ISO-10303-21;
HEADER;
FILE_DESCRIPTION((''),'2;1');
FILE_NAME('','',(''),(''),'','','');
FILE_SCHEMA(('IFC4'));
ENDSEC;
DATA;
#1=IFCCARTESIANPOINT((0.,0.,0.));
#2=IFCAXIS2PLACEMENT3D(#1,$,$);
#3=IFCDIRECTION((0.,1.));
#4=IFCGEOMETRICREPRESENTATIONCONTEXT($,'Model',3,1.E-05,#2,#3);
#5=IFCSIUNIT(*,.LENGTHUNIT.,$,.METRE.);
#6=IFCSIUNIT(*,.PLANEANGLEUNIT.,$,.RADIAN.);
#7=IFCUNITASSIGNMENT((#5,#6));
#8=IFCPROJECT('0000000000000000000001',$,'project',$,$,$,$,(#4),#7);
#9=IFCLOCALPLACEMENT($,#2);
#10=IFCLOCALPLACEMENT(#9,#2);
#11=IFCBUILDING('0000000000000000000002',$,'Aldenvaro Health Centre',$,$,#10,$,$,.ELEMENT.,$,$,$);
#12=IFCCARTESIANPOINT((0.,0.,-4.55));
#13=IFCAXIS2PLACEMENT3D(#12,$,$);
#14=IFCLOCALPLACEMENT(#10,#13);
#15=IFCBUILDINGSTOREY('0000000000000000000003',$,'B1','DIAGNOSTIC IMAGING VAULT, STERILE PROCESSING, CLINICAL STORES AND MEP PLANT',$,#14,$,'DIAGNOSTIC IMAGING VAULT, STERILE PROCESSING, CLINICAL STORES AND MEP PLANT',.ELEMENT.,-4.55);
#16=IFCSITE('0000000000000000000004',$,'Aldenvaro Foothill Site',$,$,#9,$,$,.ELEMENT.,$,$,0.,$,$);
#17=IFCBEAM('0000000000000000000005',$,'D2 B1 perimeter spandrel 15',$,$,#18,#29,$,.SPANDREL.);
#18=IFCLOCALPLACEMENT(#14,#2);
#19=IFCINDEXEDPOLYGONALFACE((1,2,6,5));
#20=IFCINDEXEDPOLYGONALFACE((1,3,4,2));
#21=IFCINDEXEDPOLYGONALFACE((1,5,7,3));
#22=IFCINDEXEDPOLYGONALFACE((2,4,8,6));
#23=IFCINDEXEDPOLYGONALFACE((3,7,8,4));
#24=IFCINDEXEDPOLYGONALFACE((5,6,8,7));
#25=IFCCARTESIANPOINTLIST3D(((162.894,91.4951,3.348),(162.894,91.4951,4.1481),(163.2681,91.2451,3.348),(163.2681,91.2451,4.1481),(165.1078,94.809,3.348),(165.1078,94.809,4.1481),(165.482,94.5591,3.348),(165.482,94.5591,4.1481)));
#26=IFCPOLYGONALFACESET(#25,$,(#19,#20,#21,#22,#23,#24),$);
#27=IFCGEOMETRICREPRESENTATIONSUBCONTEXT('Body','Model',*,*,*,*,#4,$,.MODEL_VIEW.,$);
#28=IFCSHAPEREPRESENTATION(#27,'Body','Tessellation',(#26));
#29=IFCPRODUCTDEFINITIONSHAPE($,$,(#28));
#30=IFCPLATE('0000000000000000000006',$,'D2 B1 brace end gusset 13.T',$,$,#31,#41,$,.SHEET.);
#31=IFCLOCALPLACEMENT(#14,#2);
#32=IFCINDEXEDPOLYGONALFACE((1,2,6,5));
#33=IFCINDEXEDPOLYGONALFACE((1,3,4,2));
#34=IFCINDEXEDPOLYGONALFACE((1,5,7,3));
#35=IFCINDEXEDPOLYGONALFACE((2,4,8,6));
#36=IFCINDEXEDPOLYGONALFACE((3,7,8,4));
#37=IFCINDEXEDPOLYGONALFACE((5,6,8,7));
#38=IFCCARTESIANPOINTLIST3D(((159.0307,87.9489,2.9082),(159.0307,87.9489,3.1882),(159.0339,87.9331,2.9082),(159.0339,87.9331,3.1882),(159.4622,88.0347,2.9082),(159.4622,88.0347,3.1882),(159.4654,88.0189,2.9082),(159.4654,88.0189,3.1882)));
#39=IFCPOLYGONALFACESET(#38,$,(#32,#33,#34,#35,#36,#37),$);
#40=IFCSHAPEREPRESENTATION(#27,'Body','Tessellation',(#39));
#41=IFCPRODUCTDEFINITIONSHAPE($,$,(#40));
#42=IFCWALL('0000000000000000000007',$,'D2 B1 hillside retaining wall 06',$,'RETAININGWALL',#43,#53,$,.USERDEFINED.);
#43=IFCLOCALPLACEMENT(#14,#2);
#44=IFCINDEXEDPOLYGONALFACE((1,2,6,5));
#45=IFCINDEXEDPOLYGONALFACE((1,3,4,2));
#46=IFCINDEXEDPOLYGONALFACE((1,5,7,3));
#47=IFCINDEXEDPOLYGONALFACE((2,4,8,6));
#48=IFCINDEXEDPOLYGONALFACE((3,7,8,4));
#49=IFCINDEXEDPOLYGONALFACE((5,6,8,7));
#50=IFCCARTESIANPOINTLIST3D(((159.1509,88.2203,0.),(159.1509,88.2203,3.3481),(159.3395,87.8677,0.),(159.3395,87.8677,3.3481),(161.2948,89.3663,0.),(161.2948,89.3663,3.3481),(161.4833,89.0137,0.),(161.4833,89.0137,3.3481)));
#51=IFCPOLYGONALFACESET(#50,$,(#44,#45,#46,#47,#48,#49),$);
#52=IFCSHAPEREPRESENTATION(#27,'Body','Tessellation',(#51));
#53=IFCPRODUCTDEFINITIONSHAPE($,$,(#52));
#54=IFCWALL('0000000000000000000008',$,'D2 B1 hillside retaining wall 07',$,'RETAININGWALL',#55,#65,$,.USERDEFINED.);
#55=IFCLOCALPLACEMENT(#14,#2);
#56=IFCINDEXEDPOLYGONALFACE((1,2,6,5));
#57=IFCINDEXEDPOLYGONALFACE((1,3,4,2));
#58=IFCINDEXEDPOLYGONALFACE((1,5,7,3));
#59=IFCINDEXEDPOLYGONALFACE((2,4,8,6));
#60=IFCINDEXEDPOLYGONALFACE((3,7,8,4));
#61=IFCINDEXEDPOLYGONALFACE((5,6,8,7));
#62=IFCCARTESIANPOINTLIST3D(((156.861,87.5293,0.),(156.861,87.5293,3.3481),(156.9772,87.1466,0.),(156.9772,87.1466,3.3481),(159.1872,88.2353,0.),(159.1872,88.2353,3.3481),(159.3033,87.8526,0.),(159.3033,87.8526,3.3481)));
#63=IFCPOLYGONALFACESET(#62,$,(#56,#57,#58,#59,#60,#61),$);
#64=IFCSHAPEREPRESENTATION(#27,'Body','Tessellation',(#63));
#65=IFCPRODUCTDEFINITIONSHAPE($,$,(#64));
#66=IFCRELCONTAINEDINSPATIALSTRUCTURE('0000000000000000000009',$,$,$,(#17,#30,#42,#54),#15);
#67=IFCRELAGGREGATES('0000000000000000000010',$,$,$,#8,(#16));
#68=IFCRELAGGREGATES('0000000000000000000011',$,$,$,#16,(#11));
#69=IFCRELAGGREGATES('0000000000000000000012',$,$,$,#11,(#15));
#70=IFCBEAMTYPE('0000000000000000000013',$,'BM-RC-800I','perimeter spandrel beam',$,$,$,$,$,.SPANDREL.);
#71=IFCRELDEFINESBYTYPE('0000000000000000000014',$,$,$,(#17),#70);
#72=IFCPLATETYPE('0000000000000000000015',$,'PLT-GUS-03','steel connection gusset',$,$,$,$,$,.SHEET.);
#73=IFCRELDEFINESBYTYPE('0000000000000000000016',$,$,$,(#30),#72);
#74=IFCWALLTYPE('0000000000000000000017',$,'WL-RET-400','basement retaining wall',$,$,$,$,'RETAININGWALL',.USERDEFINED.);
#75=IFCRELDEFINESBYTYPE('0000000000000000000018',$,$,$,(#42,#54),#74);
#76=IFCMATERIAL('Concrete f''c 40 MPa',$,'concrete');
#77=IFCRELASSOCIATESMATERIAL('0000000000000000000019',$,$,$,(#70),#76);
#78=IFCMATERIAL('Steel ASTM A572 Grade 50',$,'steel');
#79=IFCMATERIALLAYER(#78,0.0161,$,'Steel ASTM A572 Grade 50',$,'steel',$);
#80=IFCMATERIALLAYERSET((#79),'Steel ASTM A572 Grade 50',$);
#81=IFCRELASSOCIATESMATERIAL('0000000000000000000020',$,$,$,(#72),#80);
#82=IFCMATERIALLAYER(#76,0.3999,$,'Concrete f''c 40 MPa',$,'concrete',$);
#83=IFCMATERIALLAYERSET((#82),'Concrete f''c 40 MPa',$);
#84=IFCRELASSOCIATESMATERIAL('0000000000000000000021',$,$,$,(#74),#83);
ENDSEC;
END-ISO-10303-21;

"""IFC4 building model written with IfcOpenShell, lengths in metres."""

from ifc_helpers import new_model, si_unit, direction, frame, frame_2d, origin, origin_2d, place, context, subcontext, project, spatial, rectangle, extrude, material, layer, layer_set, material_profile, profile_set, type_object, element, save


model = new_model("IFC4")

# Units and contexts
model_context = context("Model", 3, precision=1e-05, world=origin(), true_north=direction((0.0, 1.0)))
body_context = subcontext(model_context, "Body", "Model", "MODEL_VIEW")
ifc_project = project(units=[si_unit("LENGTHUNIT", "METRE"), si_unit("PLANEANGLEUNIT", "RADIAN")], contexts=[model_context])

# Site, building, storey
site_placement = place(None, origin())
site = spatial("IfcSite", under=ifc_project, at=site_placement, Name="Aldenvaro Foothill Site", CompositionType="ELEMENT", RefElevation=0.0)
building_placement = place(site_placement, origin())
building = spatial("IfcBuilding", under=site, at=building_placement, Name="Aldenvaro Health Centre", CompositionType="ELEMENT")
storey_placement = place(building_placement, frame((0.0, 0.0, -4.55)))
storey = spatial("IfcBuildingStorey", under=building, at=storey_placement, Name="B1", Description="DIAGNOSTIC IMAGING VAULT, STERILE PROCESSING, CLINICAL STORES AND MEP PLANT", LongName="DIAGNOSTIC IMAGING VAULT, STERILE PROCESSING, CLINICAL STORES AND MEP PLANT", CompositionType="ELEMENT", Elevation=-4.55)

# Shared definitions
ifc_material_1 = material(Name="Concrete f'c 40 MPa", Category="concrete")

# Beam
ifc_material_profile_1 = material_profile(ifc_material_1, rectangle(XDim=0.45, YDim=0.8, at=origin_2d()), Name="RC 450x800", Category="concrete")
ifc_profile_set_1 = profile_set([ifc_material_profile_1], Name="Concrete f'c 40 MPa")
beam_type_1 = type_object("IfcBeamType", Name="BM-RC-800I", Description="perimeter spandrel beam", PredefinedType="SPANDREL", material=ifc_profile_set_1)
for number, where, z_axis, x_axis, name in (
    (1, (163.0811, 91.3701, 3.748), (0.555492, 0.831522, 0.0), (-0.831522, 0.555492, 0.0), "D2 B1 perimeter spandrel 15"),
):
    element("IfcBeam", number, at=place(storey_placement, frame(where, z_axis=z_axis, x_axis=x_axis)), inside=storey, type_object=beam_type_1, Name=name, PredefinedType="SPANDREL", context=body_context, shape_type="SweptSolid", body=[
        extrude(rectangle(XDim=0.45, YDim=0.8, at=origin_2d()), origin(), (0.0, 0.0, 1.0), 3.9854),
    ])

# Plate
ifc_material_2 = material(Name="Steel ASTM A572 Grade 50", Category="steel")
ifc_layer_1 = layer(ifc_material_2, 0.0161, Name="Steel ASTM A572 Grade 50", Category="steel")
ifc_layer_set_1 = layer_set([ifc_layer_1], Name="Steel ASTM A572 Grade 50")
plate_type = type_object("IfcPlateType", Name="PLT-GUS-03", Description="steel connection gusset", PredefinedType="SHEET", material=ifc_layer_set_1)
plate_placement = place(storey_placement, frame((159.248, 87.9839, 2.9082), z_axis=(0.0, 0.0, 1.0), x_axis=(0.980802, 0.195005, 0.0)))
element("IfcPlate", 2, at=plate_placement, inside=storey, type_object=plate_type, Name="D2 B1 brace end gusset 13.T", PredefinedType="SHEET", context=body_context, shape_type="SweptSolid", body=[
    extrude(rectangle(XDim=0.4399, YDim=0.0161, at=origin_2d()), origin(), (0.0, 0.0, 1.0), 0.28),
])

# Walls
ifc_layer_2 = layer(ifc_material_1, 0.3999, Name="Concrete f'c 40 MPa", Category="concrete")
ifc_layer_set_2 = layer_set([ifc_layer_2], Name="Concrete f'c 40 MPa")
wall_type = type_object("IfcWallType", Name="WL-RET-400", Description="basement retaining wall", ElementType="RETAININGWALL", PredefinedType="USERDEFINED", material=ifc_layer_set_2)
for number, where, z_axis, x_axis, name in (
    (3, (161.3889, 89.1899, 0.0), (0.0, 0.0, 1.0), (-0.881902, -0.471432, 0.0), "D2 B1 hillside retaining wall 06"),
    (4, (159.2451, 88.0439, 0.0), (0.0, 0.0, 1.0), (-0.956893, -0.290442, 0.0), "D2 B1 hillside retaining wall 07"),
):
    element("IfcWall", number, at=place(storey_placement, frame(where, z_axis=z_axis, x_axis=x_axis)), inside=storey, type_object=wall_type, Name=name, ObjectType="RETAININGWALL", PredefinedType="USERDEFINED", context=body_context, shape_type="SweptSolid", body=[
        extrude(rectangle(XDim=2.4309, YDim=0.3999, at=frame_2d((1.2153, 0.0))), origin(), (0.0, 0.0, 1.0), 3.3481),
    ])

save(model, "model.ifc")
